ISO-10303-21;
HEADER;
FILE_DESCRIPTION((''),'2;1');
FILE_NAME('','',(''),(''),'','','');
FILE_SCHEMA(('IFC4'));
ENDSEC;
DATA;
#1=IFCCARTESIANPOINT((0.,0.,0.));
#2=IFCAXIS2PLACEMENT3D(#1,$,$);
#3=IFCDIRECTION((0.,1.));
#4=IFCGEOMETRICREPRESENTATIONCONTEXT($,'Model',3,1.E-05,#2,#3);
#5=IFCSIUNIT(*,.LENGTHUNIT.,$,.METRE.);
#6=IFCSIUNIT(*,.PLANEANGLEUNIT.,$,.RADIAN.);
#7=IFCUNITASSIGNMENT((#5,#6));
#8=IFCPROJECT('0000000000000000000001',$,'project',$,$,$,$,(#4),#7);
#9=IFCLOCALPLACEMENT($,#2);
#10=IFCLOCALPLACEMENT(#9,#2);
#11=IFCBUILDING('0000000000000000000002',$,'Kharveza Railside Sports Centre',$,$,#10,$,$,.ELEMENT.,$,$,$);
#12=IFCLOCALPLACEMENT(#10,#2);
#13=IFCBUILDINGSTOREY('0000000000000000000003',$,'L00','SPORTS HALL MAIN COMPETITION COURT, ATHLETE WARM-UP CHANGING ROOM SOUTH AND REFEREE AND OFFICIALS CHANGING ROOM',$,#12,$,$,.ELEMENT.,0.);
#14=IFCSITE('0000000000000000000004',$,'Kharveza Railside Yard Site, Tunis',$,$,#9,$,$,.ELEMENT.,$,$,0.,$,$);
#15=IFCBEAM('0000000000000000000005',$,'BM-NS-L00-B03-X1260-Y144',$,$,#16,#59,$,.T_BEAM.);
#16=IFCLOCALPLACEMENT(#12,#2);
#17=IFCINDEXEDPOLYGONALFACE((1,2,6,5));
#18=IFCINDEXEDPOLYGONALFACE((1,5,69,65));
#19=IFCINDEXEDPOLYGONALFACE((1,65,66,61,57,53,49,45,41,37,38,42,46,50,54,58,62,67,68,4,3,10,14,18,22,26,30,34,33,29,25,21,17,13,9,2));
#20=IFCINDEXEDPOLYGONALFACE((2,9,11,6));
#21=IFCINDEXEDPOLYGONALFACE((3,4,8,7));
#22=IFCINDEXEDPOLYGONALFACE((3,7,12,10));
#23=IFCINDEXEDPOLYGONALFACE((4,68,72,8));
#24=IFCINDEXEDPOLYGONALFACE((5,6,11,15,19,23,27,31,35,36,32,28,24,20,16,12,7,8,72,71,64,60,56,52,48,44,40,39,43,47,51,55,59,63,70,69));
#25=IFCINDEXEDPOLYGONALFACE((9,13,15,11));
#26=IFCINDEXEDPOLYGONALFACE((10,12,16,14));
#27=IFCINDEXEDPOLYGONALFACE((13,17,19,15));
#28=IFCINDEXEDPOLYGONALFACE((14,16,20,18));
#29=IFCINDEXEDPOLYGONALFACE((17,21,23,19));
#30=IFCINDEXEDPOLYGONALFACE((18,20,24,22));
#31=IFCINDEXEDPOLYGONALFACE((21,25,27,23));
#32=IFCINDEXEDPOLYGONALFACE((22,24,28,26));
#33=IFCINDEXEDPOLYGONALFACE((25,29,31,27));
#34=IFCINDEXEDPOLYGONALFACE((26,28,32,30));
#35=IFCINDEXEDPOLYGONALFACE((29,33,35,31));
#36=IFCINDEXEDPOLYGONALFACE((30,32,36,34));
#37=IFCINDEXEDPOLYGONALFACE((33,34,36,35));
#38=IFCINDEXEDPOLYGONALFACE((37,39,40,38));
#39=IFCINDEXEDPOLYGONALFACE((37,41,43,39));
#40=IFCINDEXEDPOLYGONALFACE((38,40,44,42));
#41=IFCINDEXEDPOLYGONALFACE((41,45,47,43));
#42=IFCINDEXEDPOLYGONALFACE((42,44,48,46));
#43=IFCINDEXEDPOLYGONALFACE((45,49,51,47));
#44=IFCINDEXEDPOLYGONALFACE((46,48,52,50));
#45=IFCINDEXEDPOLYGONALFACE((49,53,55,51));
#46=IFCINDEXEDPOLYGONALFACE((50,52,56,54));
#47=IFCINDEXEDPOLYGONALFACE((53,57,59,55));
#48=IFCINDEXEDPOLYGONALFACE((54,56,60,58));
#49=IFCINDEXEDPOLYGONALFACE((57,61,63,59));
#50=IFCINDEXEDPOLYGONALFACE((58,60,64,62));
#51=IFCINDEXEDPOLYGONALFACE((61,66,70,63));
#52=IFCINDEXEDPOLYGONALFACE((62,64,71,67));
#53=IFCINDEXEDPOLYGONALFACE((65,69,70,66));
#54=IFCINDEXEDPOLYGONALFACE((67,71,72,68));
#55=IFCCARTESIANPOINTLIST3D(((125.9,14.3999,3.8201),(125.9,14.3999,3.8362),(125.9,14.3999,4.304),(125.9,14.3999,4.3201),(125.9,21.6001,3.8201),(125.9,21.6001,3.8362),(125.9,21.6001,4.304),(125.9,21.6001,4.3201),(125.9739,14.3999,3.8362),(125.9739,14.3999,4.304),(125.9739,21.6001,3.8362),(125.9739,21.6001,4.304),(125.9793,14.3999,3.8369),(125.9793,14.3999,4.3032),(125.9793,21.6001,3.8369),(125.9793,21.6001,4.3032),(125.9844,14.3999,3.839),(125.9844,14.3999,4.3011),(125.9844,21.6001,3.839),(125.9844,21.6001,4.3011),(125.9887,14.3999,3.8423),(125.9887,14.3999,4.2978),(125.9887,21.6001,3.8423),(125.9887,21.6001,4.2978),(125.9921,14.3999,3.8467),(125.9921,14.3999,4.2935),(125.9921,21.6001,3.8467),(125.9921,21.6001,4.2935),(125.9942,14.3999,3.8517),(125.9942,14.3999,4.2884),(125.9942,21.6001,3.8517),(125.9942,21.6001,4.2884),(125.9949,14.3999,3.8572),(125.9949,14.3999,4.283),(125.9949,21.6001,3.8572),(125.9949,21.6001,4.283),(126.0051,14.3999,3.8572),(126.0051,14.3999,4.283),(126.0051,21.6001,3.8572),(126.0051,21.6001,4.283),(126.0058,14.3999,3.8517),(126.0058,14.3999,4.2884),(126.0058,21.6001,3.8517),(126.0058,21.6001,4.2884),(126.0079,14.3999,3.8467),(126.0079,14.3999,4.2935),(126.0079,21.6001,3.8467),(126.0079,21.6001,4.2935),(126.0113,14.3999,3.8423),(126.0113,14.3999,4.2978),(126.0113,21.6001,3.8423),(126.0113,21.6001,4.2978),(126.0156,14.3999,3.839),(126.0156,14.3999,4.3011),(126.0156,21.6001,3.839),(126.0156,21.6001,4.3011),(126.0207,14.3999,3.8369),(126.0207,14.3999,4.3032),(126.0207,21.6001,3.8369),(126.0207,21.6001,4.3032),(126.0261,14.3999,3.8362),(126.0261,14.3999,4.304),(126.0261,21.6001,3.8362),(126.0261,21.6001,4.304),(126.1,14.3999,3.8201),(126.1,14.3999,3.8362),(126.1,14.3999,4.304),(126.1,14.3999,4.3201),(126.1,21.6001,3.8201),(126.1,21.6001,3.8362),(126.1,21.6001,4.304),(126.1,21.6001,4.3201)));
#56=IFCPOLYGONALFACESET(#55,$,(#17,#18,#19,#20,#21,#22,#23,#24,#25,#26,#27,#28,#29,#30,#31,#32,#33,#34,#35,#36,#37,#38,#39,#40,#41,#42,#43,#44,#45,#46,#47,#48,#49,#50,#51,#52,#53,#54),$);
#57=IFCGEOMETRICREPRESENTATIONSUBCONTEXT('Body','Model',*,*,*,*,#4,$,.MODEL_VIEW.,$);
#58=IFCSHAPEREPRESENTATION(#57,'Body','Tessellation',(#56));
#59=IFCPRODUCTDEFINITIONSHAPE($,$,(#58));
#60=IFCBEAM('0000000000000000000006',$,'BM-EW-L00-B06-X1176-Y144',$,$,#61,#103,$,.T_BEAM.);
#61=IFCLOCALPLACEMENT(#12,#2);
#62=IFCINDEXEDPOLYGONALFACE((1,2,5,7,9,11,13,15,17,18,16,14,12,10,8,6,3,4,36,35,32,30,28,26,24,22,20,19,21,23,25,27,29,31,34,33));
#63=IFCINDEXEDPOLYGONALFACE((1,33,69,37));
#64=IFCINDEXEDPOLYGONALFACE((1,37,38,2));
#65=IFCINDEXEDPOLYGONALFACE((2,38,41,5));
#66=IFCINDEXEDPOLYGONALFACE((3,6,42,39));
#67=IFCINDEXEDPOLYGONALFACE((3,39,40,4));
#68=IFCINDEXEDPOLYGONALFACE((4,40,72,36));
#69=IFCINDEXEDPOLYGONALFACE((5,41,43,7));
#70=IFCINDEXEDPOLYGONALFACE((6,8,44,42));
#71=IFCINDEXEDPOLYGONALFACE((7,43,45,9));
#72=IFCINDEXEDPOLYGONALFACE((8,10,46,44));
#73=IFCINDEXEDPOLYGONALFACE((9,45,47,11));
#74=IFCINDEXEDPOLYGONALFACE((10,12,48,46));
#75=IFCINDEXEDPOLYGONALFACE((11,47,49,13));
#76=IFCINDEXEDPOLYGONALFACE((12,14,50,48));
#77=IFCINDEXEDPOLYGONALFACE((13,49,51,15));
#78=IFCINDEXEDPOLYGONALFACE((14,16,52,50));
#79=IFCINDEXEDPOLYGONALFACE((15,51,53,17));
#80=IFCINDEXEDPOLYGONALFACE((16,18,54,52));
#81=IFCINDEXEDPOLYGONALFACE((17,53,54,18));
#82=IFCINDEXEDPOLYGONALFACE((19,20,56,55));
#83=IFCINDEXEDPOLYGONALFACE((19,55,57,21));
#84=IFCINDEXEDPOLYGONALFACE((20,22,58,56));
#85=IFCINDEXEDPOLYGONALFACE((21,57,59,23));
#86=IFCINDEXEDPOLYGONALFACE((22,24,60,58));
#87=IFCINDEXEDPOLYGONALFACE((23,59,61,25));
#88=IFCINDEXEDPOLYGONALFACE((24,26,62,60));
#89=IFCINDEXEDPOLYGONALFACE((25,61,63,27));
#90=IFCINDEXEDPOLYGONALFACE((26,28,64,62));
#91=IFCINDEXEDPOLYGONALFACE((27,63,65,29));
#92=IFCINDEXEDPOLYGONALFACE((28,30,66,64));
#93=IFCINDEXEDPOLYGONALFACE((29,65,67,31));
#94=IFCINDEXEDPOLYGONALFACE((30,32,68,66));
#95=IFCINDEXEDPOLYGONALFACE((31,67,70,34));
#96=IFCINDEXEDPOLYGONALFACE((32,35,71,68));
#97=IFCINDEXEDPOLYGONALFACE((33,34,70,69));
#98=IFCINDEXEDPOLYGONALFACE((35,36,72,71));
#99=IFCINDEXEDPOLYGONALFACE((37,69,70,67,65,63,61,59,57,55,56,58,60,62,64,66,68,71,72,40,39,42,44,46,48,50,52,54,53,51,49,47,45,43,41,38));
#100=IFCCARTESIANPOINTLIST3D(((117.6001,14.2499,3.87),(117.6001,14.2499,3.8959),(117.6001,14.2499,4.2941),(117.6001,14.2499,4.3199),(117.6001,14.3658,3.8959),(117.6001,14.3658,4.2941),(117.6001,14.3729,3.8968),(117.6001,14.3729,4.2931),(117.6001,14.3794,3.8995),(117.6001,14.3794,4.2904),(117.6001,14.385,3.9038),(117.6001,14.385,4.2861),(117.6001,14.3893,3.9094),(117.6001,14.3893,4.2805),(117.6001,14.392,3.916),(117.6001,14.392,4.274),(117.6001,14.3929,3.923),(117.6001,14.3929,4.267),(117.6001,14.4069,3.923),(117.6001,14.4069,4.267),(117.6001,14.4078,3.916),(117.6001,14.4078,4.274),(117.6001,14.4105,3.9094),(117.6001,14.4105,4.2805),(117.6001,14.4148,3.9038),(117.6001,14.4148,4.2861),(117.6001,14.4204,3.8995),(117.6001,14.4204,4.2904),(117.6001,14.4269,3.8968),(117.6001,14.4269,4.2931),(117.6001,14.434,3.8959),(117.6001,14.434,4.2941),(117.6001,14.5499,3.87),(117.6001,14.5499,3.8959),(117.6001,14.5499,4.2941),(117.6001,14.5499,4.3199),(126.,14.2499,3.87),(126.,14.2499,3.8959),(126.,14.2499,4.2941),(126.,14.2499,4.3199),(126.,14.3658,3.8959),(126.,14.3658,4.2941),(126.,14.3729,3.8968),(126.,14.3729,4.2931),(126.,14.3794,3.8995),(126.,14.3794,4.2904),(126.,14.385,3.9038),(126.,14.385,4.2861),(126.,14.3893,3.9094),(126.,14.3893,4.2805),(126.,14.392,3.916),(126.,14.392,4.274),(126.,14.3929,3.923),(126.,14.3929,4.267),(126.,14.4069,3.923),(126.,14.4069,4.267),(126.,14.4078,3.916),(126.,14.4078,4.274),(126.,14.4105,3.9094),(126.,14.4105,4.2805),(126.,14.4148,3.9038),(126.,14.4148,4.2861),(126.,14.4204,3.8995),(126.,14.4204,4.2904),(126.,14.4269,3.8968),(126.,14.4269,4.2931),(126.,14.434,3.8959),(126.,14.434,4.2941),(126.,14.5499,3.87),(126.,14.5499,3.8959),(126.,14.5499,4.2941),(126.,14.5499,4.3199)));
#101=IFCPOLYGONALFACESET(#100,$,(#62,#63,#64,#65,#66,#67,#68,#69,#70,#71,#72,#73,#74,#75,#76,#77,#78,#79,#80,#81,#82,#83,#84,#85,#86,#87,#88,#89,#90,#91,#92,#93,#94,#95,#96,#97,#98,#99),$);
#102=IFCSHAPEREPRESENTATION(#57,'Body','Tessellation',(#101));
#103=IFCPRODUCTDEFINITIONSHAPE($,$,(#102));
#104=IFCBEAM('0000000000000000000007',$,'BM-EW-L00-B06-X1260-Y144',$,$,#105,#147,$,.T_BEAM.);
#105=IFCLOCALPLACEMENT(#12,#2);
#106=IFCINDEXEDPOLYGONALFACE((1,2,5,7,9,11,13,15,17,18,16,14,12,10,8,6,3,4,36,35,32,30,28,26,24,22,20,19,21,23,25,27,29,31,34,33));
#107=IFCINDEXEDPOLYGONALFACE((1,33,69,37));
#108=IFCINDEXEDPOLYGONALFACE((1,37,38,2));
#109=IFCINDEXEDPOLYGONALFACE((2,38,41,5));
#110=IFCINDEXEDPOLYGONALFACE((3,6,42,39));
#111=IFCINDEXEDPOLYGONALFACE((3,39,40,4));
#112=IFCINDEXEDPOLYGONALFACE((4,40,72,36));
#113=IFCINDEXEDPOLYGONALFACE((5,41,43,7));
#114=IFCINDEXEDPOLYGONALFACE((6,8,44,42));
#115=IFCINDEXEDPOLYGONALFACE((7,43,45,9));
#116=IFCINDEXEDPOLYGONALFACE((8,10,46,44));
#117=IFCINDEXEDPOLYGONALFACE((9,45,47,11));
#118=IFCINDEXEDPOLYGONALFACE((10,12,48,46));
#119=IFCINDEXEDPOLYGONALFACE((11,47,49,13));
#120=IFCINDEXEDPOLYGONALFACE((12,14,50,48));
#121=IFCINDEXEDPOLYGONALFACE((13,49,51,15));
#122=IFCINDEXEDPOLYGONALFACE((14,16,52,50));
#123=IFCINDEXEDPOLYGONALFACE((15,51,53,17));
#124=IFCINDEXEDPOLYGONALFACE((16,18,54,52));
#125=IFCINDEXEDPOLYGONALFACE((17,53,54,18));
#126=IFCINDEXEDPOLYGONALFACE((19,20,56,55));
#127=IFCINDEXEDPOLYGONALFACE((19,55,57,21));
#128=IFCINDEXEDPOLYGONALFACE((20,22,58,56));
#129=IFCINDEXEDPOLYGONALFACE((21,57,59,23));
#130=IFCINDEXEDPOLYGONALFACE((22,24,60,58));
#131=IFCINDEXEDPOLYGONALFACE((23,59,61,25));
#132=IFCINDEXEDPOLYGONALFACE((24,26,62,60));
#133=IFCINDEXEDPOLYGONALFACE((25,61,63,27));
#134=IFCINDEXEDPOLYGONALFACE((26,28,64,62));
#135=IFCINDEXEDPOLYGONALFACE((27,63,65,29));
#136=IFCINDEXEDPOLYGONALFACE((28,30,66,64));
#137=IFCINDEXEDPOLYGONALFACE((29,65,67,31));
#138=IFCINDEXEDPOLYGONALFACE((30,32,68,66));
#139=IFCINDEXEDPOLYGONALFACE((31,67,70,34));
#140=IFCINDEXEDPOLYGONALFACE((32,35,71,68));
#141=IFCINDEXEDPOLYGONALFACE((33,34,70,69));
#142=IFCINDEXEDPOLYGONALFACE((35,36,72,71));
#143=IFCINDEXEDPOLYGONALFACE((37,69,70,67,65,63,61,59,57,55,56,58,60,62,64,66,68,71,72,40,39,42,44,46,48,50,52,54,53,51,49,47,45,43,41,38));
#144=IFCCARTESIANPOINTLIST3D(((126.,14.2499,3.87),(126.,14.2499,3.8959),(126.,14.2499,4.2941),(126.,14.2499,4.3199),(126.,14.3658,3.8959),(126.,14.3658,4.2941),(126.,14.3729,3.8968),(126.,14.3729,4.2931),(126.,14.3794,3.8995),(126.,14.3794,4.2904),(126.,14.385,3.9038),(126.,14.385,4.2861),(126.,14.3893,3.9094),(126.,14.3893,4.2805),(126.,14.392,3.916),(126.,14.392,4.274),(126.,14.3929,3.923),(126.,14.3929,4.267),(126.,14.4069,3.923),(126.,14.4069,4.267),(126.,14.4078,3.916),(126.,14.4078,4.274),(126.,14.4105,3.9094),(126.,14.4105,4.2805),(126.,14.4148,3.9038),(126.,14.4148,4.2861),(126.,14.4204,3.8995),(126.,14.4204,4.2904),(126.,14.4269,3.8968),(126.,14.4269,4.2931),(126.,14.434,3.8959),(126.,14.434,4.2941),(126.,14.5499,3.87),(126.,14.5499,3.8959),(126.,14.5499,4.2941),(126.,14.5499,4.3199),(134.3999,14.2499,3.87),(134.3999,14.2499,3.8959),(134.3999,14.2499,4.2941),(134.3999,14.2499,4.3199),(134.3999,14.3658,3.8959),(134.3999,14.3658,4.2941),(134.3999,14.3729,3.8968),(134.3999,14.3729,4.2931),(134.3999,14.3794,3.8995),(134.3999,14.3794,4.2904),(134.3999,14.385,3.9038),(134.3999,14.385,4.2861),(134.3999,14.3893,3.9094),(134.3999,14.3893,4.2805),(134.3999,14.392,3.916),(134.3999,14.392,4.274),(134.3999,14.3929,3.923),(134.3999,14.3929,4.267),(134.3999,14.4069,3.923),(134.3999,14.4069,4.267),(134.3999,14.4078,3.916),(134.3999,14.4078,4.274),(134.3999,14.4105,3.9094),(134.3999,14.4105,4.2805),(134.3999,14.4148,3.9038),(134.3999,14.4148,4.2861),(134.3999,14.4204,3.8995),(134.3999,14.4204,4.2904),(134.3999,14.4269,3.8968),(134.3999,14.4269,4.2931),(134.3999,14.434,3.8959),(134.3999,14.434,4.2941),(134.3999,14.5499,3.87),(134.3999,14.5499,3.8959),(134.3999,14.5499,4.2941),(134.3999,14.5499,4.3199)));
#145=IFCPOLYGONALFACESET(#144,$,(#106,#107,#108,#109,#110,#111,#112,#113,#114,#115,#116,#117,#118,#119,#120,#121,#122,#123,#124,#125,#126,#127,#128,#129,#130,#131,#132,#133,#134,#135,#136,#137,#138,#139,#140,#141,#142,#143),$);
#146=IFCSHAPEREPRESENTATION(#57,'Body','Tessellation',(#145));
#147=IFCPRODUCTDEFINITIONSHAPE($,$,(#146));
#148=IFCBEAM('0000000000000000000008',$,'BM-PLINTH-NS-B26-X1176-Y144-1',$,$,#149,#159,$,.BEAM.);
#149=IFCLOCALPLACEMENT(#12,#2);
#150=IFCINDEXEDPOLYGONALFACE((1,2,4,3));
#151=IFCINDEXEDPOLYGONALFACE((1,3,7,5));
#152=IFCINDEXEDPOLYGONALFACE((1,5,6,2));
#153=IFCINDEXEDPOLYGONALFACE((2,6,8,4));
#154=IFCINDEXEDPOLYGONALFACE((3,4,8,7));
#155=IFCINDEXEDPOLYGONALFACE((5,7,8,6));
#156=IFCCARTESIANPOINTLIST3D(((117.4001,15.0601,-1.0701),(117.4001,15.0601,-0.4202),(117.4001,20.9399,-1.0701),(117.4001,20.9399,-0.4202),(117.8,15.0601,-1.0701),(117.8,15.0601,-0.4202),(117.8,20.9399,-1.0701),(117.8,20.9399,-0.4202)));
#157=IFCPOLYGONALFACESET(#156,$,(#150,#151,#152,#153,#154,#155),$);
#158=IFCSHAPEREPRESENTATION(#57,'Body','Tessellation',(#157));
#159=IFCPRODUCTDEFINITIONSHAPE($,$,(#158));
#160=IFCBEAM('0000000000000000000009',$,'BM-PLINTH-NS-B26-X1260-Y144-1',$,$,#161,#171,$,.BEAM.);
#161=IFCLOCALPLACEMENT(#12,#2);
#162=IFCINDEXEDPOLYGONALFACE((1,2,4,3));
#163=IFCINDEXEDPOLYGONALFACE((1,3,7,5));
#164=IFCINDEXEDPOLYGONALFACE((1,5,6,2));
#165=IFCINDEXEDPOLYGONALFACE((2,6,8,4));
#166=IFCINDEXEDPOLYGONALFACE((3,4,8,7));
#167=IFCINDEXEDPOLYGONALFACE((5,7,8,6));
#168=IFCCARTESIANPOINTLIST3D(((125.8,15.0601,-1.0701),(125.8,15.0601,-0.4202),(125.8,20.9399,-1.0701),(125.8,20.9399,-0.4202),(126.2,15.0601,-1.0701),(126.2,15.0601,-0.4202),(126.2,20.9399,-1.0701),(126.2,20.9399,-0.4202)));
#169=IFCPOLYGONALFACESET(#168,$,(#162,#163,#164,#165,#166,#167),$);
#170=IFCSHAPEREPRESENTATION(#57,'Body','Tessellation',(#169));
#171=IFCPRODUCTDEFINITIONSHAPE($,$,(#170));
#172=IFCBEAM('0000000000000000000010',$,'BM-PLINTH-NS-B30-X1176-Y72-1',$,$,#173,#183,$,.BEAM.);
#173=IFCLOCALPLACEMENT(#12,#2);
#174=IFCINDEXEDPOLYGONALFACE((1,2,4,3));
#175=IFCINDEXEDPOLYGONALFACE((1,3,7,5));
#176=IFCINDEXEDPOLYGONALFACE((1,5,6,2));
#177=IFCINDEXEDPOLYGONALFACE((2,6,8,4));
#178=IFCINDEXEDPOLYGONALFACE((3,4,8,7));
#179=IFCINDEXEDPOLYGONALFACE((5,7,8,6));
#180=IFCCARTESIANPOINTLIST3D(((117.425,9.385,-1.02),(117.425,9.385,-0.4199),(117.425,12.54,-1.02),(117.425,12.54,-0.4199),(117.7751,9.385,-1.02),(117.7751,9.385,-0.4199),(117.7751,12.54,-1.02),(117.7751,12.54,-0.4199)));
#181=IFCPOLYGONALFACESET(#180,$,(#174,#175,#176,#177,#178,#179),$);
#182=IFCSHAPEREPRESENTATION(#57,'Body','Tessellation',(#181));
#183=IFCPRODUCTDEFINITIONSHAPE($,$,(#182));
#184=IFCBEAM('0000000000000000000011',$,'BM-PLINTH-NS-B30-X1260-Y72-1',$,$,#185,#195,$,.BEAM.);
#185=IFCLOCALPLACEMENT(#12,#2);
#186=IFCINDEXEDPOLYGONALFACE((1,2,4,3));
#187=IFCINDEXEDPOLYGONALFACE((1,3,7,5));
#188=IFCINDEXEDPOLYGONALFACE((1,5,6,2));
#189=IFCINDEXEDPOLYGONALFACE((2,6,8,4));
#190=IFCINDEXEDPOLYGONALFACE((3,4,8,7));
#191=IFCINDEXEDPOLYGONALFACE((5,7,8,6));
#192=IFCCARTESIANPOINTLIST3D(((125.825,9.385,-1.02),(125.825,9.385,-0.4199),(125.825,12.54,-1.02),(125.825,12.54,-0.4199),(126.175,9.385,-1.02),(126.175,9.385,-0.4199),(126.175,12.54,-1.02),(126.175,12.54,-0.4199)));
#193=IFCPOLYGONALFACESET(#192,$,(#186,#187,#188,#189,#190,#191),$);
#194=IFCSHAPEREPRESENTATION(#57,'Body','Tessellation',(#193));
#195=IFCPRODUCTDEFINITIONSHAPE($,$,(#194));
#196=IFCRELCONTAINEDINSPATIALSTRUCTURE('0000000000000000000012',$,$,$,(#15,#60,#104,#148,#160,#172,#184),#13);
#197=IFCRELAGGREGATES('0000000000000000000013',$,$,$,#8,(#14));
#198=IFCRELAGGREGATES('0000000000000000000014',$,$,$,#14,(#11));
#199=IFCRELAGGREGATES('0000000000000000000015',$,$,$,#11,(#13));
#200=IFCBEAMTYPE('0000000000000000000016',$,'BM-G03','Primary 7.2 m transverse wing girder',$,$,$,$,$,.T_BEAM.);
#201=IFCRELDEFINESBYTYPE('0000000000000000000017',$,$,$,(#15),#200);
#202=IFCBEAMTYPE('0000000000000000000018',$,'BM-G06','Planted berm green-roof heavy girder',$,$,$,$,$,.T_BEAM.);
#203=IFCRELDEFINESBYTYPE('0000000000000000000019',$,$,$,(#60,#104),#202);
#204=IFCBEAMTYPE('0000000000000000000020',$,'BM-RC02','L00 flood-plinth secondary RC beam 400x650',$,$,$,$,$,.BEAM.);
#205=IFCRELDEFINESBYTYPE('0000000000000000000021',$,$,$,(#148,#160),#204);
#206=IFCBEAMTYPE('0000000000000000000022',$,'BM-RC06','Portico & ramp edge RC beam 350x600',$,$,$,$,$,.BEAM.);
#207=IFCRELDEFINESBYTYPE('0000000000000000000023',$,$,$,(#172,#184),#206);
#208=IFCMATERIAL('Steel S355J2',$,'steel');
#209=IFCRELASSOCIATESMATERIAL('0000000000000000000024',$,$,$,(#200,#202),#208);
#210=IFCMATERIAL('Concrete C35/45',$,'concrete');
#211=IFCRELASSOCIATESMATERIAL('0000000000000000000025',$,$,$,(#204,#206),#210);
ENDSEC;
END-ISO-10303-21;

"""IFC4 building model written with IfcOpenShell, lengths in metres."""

from ifc_helpers import new_model, si_unit, direction, frame, origin, origin_2d, place, context, subcontext, project, spatial, rectangle, i_section, extrude, material, material_profile, profile_set, type_object, element, save


model = new_model("IFC4")

# Units and contexts
model_context = context("Model", 3, precision=1e-05, world=origin(), true_north=direction((0.0, 1.0)))
body_context = subcontext(model_context, "Body", "Model", "MODEL_VIEW")
ifc_project = project(units=[si_unit("LENGTHUNIT", "METRE"), si_unit("PLANEANGLEUNIT", "RADIAN")], contexts=[model_context])

# Site, building, storey
site_placement = place(None, origin())
site = spatial("IfcSite", under=ifc_project, at=site_placement, Name="Kharveza Railside Yard Site, Tunis", CompositionType="ELEMENT", RefElevation=0.0)
building_placement = place(site_placement, origin())
building = spatial("IfcBuilding", under=site, at=building_placement, Name="Kharveza Railside Sports Centre", CompositionType="ELEMENT")
storey_placement = place(building_placement, origin())
storey = spatial("IfcBuildingStorey", under=building, at=storey_placement, Name="L00", Description="SPORTS HALL MAIN COMPETITION COURT, ATHLETE WARM-UP CHANGING ROOM SOUTH AND REFEREE AND OFFICIALS CHANGING ROOM", CompositionType="ELEMENT", Elevation=0.0)

# Shared definitions
ifc_material_1 = material(Name="Concrete C35/45", Category="concrete")

# Shared definitions
ifc_material_2 = material(Name="Steel S355J2", Category="steel")

# Beams
ifc_material_profile_1 = material_profile(ifc_material_2, i_section(OverallWidth=0.2, OverallDepth=0.5, WebThickness=0.0103, FlangeThickness=0.0161, FilletRadius=0.021, at=origin_2d()), Name="IPE 500")
ifc_profile_set_1 = profile_set([ifc_material_profile_1], Name="Steel S355J2")
beam_type_1 = type_object("IfcBeamType", Name="BM-G03", Description="Primary 7.2 m transverse wing girder", PredefinedType="T_BEAM", material=ifc_profile_set_1)
beam_1_placement = place(storey_placement, frame((126.0, 14.3999, 4.0701), z_axis=(0.0, 1.0, 0.0), x_axis=(-1.0, 0.0, 0.0)))
element("IfcBeam", 1, at=beam_1_placement, inside=storey, type_object=beam_type_1, Name="BM-NS-L00-B03-X1260-Y144", PredefinedType="T_BEAM", context=body_context, shape_type="SweptSolid", body=[
    extrude(i_section(OverallWidth=0.2, OverallDepth=0.5, WebThickness=0.0103, FlangeThickness=0.0161, FilletRadius=0.021, at=origin_2d()), origin(), (0.0, 0.0, 1.0), 7.2002),
])
ifc_material_profile_2 = material_profile(ifc_material_2, i_section(OverallWidth=0.3, OverallDepth=0.45, WebThickness=0.0139, FlangeThickness=0.0259, FilletRadius=0.0271, at=origin_2d()), Name="HEB 450")
ifc_profile_set_2 = profile_set([ifc_material_profile_2], Name="Steel S355J2")
beam_type_2 = type_object("IfcBeamType", Name="BM-G06", Description="Planted berm green-roof heavy girder", PredefinedType="T_BEAM", material=ifc_profile_set_2)
for number, where, z_axis, x_axis, name in (
    (2, (117.6001, 14.3999, 4.095), (1.0, 0.0, 0.0), (0.0, 1.0, 0.0), "BM-EW-L00-B06-X1176-Y144"),
    (3, (126.0, 14.3999, 4.095), (1.0, 0.0, 0.0), (0.0, 1.0, 0.0), "BM-EW-L00-B06-X1260-Y144"),
):
    element("IfcBeam", number, at=place(storey_placement, frame(where, z_axis=z_axis, x_axis=x_axis)), inside=storey, type_object=beam_type_2, Name=name, PredefinedType="T_BEAM", context=body_context, shape_type="SweptSolid", body=[
        extrude(i_section(OverallWidth=0.3, OverallDepth=0.45, WebThickness=0.0139, FlangeThickness=0.0259, FilletRadius=0.0271, at=origin_2d()), origin(), (0.0, 0.0, 1.0), 8.3999),
    ])
ifc_material_profile_3 = material_profile(ifc_material_1, rectangle(XDim=0.3999, YDim=0.6499, at=origin_2d()), Name="RCB 400x650")
ifc_profile_set_3 = profile_set([ifc_material_profile_3], Name="Concrete C35/45")
beam_type_3 = type_object("IfcBeamType", Name="BM-RC02", Description="L00 flood-plinth secondary RC beam 400x650", PredefinedType="BEAM", material=ifc_profile_set_3)
for number, where, z_axis, x_axis, name in (
    (4, (117.6001, 15.0601, -0.7451), (0.0, 1.0, 0.0), (-1.0, 0.0, 0.0), "BM-PLINTH-NS-B26-X1176-Y144-1"),
    (5, (126.0, 15.0601, -0.7451), (0.0, 1.0, 0.0), (-1.0, 0.0, 0.0), "BM-PLINTH-NS-B26-X1260-Y144-1"),
):
    element("IfcBeam", number, at=place(storey_placement, frame(where, z_axis=z_axis, x_axis=x_axis)), inside=storey, type_object=beam_type_3, Name=name, PredefinedType="BEAM", context=body_context, shape_type="SweptSolid", body=[
        extrude(rectangle(XDim=0.3999, YDim=0.6499, at=origin_2d()), origin(), (0.0, 0.0, 1.0), 5.8799),
    ])
ifc_material_profile_4 = material_profile(ifc_material_1, rectangle(XDim=0.3501, YDim=0.6001, at=origin_2d()), Name="RCB 350x600")
ifc_profile_set_4 = profile_set([ifc_material_profile_4], Name="Concrete C35/45")
beam_type_4 = type_object("IfcBeamType", Name="BM-RC06", Description="Portico & ramp edge RC beam 350x600", PredefinedType="BEAM", material=ifc_profile_set_4)
for number, where, z_axis, x_axis, name in (
    (6, (117.6001, 9.385, -0.72), (0.0, 1.0, 0.0), (-1.0, 0.0, 0.0), "BM-PLINTH-NS-B30-X1176-Y72-1"),
    (7, (126.0, 9.385, -0.72), (0.0, 1.0, 0.0), (-1.0, 0.0, 0.0), "BM-PLINTH-NS-B30-X1260-Y72-1"),
):
    element("IfcBeam", number, at=place(storey_placement, frame(where, z_axis=z_axis, x_axis=x_axis)), inside=storey, type_object=beam_type_4, Name=name, PredefinedType="BEAM", context=body_context, shape_type="SweptSolid", body=[
        extrude(rectangle(XDim=0.3501, YDim=0.6001, at=origin_2d()), origin(), (0.0, 0.0, 1.0), 3.155),
    ])

save(model, "model.ifc")
